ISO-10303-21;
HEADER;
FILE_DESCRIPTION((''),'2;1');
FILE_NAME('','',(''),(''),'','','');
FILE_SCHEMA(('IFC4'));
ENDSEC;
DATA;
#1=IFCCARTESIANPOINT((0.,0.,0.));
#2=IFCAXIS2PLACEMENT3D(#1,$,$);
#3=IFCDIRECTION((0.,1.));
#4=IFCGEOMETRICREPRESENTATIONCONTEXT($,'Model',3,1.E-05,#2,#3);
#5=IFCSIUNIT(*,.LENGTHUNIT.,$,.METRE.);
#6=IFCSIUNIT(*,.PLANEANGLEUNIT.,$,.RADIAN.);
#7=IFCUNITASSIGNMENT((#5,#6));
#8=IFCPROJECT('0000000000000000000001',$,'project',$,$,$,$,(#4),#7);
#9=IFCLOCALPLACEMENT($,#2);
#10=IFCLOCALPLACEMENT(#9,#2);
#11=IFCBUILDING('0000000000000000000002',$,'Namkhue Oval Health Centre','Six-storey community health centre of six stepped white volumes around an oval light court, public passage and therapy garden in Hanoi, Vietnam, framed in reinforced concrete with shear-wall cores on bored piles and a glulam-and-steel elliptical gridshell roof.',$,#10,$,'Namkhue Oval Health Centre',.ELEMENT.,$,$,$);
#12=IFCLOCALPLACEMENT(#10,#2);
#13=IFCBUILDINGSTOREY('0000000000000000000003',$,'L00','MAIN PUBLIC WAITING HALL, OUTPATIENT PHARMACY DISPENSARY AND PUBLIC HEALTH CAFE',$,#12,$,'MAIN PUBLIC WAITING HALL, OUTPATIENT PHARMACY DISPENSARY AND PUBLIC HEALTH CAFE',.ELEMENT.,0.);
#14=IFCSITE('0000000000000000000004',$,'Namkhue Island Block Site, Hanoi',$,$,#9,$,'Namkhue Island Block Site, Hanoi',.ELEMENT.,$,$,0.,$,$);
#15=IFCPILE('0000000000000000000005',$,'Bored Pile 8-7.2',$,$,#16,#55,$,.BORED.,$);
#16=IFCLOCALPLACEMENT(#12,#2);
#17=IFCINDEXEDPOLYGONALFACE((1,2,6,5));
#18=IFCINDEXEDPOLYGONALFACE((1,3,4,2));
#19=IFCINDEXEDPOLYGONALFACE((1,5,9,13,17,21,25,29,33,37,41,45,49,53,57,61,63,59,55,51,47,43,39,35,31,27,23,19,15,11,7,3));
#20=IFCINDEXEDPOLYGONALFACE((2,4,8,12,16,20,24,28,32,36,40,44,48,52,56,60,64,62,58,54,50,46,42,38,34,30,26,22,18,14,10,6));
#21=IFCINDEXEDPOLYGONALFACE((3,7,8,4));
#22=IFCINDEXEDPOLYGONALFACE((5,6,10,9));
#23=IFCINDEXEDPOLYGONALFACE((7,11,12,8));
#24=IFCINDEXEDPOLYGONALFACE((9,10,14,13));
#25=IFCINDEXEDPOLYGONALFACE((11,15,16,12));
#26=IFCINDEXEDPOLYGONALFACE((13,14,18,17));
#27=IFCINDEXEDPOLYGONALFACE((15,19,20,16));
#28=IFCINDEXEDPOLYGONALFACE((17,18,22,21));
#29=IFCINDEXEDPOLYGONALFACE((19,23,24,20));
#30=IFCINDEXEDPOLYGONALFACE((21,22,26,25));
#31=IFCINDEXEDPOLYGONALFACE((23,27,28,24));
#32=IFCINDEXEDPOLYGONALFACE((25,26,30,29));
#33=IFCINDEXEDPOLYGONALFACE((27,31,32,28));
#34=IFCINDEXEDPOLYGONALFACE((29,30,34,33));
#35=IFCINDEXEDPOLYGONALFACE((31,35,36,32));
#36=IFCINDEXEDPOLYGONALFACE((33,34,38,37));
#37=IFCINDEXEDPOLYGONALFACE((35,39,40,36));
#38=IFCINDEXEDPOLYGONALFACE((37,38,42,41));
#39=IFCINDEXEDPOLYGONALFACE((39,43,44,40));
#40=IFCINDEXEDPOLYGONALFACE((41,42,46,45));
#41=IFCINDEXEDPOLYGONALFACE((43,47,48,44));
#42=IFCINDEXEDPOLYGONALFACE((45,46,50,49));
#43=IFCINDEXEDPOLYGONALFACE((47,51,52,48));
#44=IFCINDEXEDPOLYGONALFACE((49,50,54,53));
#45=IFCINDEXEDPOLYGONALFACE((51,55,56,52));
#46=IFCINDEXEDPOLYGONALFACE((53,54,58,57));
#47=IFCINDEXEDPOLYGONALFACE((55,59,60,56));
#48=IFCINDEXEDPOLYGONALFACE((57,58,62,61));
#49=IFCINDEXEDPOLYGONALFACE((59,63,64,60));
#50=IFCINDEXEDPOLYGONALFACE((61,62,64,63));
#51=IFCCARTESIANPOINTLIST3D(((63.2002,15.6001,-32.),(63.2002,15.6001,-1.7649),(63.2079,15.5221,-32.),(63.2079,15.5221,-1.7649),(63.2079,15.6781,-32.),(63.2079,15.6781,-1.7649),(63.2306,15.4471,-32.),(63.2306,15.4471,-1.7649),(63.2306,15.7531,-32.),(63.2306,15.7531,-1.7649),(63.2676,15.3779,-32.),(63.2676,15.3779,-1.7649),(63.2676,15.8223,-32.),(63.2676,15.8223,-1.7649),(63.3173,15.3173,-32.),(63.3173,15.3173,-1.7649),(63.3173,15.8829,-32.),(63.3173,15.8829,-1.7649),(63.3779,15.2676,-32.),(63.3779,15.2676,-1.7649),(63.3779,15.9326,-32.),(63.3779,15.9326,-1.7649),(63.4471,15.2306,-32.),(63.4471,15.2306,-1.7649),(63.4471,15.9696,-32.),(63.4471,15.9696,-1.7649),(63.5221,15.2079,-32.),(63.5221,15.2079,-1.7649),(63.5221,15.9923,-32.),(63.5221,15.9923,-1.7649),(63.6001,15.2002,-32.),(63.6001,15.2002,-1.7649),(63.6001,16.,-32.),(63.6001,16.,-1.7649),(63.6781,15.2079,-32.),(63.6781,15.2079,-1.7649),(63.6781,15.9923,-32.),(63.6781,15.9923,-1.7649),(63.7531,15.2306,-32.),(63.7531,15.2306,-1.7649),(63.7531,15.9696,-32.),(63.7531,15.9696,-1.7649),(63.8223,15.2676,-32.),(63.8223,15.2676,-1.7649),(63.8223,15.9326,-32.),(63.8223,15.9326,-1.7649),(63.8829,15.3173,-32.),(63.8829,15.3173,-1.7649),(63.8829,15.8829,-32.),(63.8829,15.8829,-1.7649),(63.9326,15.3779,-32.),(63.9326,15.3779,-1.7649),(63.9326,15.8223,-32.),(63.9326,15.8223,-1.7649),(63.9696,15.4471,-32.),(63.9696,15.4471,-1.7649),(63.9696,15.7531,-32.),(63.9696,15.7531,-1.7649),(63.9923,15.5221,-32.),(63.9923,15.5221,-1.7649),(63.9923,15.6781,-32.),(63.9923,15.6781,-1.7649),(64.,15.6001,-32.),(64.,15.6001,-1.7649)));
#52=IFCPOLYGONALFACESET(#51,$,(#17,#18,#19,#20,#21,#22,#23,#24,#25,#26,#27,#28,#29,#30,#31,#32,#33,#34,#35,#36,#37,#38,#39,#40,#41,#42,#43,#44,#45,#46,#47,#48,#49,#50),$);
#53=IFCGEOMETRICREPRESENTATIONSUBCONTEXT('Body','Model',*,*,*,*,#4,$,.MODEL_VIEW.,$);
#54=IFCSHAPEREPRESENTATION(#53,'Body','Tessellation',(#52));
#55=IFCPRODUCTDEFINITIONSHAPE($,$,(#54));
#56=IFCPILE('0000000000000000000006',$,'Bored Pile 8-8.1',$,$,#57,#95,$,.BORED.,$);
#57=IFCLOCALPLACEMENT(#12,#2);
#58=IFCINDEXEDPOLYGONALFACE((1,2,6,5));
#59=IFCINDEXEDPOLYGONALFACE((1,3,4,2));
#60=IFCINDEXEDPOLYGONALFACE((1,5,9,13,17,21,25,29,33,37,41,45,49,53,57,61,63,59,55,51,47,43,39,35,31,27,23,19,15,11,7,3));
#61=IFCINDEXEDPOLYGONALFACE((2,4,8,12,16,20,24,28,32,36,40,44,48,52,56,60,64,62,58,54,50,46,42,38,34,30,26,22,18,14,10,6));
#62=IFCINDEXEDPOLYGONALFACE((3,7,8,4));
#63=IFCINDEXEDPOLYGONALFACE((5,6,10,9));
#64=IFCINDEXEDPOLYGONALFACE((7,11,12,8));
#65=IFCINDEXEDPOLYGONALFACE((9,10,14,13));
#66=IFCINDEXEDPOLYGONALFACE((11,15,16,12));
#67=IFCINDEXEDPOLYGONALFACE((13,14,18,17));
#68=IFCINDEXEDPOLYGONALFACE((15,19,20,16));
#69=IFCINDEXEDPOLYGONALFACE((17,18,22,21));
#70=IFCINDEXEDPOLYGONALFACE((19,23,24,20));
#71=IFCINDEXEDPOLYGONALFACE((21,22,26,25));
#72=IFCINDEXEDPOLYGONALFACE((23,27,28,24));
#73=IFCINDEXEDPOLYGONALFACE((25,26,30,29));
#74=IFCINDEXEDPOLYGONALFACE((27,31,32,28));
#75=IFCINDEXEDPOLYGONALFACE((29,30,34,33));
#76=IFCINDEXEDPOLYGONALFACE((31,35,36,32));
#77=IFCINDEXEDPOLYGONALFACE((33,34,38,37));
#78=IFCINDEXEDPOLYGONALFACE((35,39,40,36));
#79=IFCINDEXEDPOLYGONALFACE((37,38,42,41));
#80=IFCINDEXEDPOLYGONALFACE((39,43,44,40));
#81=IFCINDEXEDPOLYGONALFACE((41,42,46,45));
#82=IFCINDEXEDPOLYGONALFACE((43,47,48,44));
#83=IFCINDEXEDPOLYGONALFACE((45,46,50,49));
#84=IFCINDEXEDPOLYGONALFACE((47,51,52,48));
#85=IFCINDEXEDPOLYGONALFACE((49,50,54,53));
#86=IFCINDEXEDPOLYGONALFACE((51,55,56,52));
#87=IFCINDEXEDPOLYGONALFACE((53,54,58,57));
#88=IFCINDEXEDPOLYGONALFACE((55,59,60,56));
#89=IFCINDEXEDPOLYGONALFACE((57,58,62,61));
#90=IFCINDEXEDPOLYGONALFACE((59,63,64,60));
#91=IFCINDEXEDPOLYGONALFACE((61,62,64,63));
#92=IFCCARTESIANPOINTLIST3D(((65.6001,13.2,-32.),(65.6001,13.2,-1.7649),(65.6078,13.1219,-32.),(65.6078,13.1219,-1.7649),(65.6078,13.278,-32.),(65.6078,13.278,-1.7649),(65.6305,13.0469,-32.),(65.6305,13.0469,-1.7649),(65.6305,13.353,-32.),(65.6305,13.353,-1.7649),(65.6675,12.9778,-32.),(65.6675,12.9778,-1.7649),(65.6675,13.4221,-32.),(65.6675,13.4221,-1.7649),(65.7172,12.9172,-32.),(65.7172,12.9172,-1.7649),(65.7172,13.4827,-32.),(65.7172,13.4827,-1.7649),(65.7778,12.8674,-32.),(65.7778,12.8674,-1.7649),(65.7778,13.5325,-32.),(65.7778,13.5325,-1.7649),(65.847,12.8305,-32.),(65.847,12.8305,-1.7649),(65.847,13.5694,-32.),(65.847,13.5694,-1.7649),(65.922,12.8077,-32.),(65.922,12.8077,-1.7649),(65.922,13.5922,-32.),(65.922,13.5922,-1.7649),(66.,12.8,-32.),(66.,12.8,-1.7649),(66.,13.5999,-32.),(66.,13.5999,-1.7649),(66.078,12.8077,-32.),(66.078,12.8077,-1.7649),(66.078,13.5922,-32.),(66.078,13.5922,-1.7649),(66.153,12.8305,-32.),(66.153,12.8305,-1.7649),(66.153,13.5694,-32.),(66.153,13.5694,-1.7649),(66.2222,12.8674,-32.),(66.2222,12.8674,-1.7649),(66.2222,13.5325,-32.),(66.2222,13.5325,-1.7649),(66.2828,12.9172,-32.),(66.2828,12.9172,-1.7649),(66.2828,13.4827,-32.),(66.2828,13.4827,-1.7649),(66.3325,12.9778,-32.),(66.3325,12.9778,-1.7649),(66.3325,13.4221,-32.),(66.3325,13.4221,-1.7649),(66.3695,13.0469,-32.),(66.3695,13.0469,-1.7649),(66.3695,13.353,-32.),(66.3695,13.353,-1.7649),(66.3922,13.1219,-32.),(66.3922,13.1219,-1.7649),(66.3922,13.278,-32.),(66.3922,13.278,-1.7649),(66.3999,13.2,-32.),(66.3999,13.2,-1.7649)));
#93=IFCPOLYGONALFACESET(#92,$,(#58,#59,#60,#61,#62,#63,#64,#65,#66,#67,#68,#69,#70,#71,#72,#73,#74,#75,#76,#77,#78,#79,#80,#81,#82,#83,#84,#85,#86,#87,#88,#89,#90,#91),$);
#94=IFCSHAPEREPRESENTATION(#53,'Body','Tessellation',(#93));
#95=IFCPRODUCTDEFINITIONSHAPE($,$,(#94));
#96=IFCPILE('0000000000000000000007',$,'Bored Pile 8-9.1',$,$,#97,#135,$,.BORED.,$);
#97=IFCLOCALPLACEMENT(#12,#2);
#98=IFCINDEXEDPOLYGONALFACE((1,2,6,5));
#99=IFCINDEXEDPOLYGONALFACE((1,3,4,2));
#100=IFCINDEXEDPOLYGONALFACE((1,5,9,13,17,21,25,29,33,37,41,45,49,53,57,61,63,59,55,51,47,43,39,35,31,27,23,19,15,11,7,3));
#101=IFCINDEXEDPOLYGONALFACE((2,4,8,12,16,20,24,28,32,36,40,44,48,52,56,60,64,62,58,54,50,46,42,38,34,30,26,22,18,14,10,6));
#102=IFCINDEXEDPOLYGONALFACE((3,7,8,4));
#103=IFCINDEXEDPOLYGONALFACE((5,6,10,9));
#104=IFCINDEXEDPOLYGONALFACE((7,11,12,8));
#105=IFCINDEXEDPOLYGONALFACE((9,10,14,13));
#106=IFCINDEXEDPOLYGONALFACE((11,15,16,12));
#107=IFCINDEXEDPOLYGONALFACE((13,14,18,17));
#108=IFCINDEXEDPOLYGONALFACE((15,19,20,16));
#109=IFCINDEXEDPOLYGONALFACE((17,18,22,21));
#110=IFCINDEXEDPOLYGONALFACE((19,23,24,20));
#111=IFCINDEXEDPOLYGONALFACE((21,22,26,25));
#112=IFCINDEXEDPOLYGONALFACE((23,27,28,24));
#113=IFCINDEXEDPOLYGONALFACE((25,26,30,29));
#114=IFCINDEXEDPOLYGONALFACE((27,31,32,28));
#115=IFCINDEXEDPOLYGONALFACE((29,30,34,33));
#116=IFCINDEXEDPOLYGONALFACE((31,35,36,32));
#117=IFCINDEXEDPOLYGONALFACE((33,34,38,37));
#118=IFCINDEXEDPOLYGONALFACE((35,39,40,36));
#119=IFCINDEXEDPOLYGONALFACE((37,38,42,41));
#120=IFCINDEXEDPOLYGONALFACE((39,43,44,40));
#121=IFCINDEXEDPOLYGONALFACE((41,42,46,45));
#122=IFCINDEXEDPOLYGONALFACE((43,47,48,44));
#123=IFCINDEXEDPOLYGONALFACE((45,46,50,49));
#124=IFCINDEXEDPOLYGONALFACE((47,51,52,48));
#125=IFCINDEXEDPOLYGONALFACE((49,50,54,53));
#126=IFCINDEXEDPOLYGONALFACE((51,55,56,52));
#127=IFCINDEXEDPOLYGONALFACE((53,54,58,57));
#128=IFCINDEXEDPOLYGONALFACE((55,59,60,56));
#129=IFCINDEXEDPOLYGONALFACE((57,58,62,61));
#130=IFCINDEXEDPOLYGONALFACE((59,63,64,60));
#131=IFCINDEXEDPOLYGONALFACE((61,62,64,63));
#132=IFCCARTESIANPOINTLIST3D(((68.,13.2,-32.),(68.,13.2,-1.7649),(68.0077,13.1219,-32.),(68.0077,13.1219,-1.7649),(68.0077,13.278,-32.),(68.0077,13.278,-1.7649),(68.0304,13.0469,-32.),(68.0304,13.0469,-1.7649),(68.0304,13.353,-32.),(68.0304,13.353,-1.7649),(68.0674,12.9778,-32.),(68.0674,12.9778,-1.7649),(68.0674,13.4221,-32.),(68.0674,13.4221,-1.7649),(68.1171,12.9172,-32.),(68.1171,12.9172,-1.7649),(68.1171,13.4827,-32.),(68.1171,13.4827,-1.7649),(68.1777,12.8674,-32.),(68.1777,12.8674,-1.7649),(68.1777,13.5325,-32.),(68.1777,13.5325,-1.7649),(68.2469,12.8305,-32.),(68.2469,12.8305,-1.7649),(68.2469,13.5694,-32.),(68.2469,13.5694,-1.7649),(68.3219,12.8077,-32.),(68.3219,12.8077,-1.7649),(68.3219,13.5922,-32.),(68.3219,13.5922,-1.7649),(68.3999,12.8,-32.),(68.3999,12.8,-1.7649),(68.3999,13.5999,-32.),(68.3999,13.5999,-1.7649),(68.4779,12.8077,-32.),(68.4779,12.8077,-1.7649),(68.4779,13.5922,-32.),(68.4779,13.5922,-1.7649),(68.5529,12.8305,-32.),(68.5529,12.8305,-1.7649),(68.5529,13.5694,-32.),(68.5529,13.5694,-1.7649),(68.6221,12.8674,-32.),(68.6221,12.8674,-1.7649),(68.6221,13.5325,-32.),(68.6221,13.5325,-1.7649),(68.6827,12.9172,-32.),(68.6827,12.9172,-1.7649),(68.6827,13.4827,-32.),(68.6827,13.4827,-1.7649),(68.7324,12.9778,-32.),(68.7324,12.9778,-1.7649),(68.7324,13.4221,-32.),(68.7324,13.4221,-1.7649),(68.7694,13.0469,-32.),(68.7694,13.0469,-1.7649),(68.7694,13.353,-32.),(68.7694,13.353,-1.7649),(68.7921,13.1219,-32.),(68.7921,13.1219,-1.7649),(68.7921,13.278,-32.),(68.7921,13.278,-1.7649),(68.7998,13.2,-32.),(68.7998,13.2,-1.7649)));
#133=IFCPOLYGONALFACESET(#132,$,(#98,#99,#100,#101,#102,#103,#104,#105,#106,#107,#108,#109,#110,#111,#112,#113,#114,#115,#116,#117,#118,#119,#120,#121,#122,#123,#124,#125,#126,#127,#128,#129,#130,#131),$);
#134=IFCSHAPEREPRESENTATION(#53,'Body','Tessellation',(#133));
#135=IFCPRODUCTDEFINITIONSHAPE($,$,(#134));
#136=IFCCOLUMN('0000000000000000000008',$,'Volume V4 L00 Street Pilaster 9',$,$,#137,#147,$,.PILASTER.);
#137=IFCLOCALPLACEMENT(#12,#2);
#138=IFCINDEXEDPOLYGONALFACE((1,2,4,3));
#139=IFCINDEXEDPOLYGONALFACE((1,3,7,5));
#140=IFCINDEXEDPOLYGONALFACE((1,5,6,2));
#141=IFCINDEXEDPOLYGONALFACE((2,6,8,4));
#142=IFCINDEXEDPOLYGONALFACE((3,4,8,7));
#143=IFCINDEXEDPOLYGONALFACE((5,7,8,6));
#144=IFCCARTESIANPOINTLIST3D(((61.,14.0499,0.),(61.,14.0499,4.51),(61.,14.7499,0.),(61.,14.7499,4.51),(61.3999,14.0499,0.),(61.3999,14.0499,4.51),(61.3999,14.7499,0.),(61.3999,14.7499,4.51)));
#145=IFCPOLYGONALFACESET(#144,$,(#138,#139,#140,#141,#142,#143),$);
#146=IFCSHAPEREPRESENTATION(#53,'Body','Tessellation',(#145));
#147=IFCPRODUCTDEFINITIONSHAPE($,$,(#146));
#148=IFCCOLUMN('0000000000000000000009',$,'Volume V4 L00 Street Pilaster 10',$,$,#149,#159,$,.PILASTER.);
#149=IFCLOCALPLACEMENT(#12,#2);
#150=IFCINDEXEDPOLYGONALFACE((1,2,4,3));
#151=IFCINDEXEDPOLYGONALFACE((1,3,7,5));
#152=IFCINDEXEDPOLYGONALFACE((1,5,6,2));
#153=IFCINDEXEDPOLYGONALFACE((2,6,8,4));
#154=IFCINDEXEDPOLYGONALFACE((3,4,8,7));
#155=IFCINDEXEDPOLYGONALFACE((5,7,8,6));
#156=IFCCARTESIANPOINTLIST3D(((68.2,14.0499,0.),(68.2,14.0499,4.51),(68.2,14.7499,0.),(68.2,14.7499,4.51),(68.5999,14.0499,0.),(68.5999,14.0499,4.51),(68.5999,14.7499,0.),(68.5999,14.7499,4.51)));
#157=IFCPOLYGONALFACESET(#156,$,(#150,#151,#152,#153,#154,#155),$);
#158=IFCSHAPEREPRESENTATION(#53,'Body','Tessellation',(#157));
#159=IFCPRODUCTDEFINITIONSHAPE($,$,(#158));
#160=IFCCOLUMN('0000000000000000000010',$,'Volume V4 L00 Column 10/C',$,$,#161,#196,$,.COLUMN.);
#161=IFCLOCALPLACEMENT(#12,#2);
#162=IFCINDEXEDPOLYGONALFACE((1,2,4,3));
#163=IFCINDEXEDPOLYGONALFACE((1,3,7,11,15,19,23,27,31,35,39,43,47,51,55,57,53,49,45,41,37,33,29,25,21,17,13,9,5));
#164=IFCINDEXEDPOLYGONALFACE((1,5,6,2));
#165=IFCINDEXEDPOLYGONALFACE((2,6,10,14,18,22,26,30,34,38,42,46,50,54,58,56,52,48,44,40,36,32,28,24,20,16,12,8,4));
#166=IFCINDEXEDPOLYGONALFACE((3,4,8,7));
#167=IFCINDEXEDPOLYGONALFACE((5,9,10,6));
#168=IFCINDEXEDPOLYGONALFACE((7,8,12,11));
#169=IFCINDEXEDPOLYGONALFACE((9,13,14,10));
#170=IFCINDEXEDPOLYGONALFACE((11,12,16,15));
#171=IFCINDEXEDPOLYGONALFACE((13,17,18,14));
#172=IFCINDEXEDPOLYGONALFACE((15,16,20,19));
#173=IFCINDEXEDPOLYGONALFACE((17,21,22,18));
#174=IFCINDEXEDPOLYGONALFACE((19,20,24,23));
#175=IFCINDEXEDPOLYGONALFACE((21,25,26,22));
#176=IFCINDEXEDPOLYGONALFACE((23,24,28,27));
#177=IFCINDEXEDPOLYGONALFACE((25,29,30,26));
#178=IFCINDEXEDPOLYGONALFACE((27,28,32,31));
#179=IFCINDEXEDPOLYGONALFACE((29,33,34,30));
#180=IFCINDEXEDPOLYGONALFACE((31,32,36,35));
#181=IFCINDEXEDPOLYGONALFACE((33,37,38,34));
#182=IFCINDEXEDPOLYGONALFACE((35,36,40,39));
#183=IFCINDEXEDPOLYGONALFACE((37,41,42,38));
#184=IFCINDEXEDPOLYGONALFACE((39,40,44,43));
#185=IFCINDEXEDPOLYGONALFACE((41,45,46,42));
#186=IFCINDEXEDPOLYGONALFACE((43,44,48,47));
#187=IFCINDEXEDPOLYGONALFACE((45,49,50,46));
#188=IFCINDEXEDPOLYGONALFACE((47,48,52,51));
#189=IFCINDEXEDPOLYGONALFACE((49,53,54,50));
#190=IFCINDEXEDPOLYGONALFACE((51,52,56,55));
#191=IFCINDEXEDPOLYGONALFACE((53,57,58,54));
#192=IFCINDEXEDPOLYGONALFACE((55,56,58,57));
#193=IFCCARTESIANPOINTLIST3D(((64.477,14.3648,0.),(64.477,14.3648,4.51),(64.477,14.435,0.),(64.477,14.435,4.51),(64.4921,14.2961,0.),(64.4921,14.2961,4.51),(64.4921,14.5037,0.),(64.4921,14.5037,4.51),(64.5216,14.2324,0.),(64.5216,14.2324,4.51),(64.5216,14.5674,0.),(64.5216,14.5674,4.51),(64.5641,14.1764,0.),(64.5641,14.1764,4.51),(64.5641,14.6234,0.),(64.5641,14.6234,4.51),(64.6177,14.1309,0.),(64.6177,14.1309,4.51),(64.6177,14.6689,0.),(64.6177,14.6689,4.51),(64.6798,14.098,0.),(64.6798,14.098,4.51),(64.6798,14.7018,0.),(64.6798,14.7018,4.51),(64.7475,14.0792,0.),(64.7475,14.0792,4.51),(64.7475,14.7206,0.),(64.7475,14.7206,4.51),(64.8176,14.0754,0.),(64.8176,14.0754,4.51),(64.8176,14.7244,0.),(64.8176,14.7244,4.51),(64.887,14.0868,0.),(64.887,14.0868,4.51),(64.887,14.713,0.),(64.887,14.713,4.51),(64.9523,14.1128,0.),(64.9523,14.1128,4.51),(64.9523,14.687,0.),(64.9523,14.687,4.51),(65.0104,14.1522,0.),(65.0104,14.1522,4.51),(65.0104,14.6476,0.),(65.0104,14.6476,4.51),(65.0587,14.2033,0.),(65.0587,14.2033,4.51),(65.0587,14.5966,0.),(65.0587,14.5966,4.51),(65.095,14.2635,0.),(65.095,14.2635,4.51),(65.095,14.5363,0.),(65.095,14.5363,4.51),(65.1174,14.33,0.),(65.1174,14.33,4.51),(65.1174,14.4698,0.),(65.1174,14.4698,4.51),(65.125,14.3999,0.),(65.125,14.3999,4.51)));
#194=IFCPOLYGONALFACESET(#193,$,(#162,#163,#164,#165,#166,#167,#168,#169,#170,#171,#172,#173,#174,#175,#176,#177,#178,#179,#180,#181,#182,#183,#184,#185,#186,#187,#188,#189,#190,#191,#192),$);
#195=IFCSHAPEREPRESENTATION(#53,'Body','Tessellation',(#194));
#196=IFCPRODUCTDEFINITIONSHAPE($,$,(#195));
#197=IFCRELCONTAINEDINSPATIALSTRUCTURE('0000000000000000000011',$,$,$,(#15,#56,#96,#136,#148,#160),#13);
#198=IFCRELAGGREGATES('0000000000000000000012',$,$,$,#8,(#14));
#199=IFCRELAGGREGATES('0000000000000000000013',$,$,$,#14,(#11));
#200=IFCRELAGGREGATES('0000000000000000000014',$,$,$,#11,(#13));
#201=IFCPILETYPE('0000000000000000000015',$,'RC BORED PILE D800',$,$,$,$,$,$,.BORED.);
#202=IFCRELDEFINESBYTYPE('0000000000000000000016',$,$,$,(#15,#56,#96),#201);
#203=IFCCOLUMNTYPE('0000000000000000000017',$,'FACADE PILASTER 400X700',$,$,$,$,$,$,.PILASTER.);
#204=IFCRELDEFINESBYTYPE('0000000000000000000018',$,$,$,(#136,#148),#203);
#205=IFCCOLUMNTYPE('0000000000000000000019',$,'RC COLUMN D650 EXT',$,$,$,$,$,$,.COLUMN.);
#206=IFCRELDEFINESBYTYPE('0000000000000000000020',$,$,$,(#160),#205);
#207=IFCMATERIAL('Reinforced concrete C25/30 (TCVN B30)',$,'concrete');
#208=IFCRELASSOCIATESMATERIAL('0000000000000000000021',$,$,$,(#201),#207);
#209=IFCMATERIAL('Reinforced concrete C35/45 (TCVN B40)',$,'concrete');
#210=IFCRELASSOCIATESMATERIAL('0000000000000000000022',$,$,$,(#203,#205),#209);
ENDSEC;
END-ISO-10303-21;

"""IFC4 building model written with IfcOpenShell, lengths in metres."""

from ifc_helpers import new_model, si_unit, direction, frame, origin, origin_2d, place, context, subcontext, project, spatial, rectangle, circle, extrude, material, material_profile, profile_set, type_object, element, save


model = new_model("IFC4")

# Units and contexts
model_context = context("Model", 3, precision=1e-05, world=origin(), true_north=direction((0.0, 1.0)))
body_context = subcontext(model_context, "Body", "Model", "MODEL_VIEW")
ifc_project = project(units=[si_unit("LENGTHUNIT", "METRE"), si_unit("PLANEANGLEUNIT", "RADIAN")], contexts=[model_context])

# Site, building, storey
site_placement = place(None, origin())
site = spatial("IfcSite", under=ifc_project, at=site_placement, Name="Namkhue Island Block Site, Hanoi", LongName="Namkhue Island Block Site, Hanoi", CompositionType="ELEMENT", RefElevation=0.0)
building_placement = place(site_placement, origin())
building = spatial("IfcBuilding", under=site, at=building_placement, Name="Namkhue Oval Health Centre", Description="Six-storey community health centre of six stepped white volumes around an oval light court, public passage and therapy garden in Hanoi, Vietnam, framed in reinforced concrete with shear-wall cores on bored piles and a glulam-and-steel elliptical gridshell roof.", LongName="Namkhue Oval Health Centre", CompositionType="ELEMENT")
storey_placement = place(building_placement, origin())
storey = spatial("IfcBuildingStorey", under=building, at=storey_placement, Name="L00", Description="MAIN PUBLIC WAITING HALL, OUTPATIENT PHARMACY DISPENSARY AND PUBLIC HEALTH CAFE", LongName="MAIN PUBLIC WAITING HALL, OUTPATIENT PHARMACY DISPENSARY AND PUBLIC HEALTH CAFE", CompositionType="ELEMENT", Elevation=0.0)

# Piles
ifc_material_1 = material(Name="Reinforced concrete C25/30 (TCVN B30)", Category="concrete")
ifc_material_profile_1 = material_profile(ifc_material_1, circle(Radius=0.3999, at=origin_2d()), Name="BORED PILE D800")
ifc_profile_set_1 = profile_set([ifc_material_profile_1], Name="Reinforced concrete C25/30 (TCVN B30)")
pile_type = type_object("IfcPileType", Name="RC BORED PILE D800", PredefinedType="BORED", material=ifc_profile_set_1)
for number, where, z_axis, x_axis, name in (
    (1, (63.6001, 15.6001, -1.7649), (0.0, 0.0, -1.0), (1.0, 0.0, 0.0), "Bored Pile 8-7.2"),
    (2, (66.0, 13.2, -1.7649), (0.0, 0.0, -1.0), (1.0, 0.0, 0.0), "Bored Pile 8-8.1"),
    (3, (68.3999, 13.2, -1.7649), (0.0, 0.0, -1.0), (1.0, 0.0, 0.0), "Bored Pile 8-9.1"),
):
    element("IfcPile", number, at=place(storey_placement, frame(where, z_axis=z_axis, x_axis=x_axis)), inside=storey, type_object=pile_type, Name=name, PredefinedType="BORED", context=body_context, shape_type="SweptSolid", body=[
        extrude(circle(Radius=0.3999, at=origin_2d()), origin(), (0.0, 0.0, 1.0), 30.2351),
    ])

# Columns
ifc_material_2 = material(Name="Reinforced concrete C35/45 (TCVN B40)", Category="concrete")
ifc_material_profile_2 = material_profile(ifc_material_2, rectangle(XDim=0.3999, YDim=0.7, at=origin_2d()), Name="RC 400x700")
ifc_profile_set_2 = profile_set([ifc_material_profile_2], Name="Reinforced concrete C35/45 (TCVN B40)")
column_type_1 = type_object("IfcColumnType", Name="FACADE PILASTER 400X700", PredefinedType="PILASTER", material=ifc_profile_set_2)
for number, where, z_axis, x_axis, name in (
    (4, (61.2, 14.3999, 0.0), (0.0, 0.0, 1.0), (1.0, 0.0, 0.0), "Volume V4 L00 Street Pilaster 9"),
    (5, (68.3999, 14.3999, 0.0), (0.0, 0.0, 1.0), (1.0, 0.0, 0.0), "Volume V4 L00 Street Pilaster 10"),
):
    element("IfcColumn", number, at=place(storey_placement, frame(where, z_axis=z_axis, x_axis=x_axis)), inside=storey, type_object=column_type_1, Name=name, PredefinedType="PILASTER", context=body_context, shape_type="SweptSolid", body=[
        extrude(rectangle(XDim=0.3999, YDim=0.7, at=origin_2d()), origin(), (0.0, 0.0, 1.0), 4.51),
    ])
ifc_material_profile_3 = material_profile(ifc_material_2, circle(Radius=0.325, at=origin_2d()), Name="RC D650")
ifc_profile_set_3 = profile_set([ifc_material_profile_3], Name="Reinforced concrete C35/45 (TCVN B40)")
column_type_2 = type_object("IfcColumnType", Name="RC COLUMN D650 EXT", PredefinedType="COLUMN", material=ifc_profile_set_3)
column_placement = place(storey_placement, frame((64.8, 14.3999, 0.0), z_axis=(0.0, 0.0, 1.0), x_axis=(1.0, 0.0, 0.0)))
element("IfcColumn", 6, at=column_placement, inside=storey, type_object=column_type_2, Name="Volume V4 L00 Column 10/C", PredefinedType="COLUMN", context=body_context, shape_type="SweptSolid", body=[
    extrude(circle(Radius=0.325, at=origin_2d()), origin(), (0.0, 0.0, 1.0), 4.51),
])

save(model, "model.ifc")
